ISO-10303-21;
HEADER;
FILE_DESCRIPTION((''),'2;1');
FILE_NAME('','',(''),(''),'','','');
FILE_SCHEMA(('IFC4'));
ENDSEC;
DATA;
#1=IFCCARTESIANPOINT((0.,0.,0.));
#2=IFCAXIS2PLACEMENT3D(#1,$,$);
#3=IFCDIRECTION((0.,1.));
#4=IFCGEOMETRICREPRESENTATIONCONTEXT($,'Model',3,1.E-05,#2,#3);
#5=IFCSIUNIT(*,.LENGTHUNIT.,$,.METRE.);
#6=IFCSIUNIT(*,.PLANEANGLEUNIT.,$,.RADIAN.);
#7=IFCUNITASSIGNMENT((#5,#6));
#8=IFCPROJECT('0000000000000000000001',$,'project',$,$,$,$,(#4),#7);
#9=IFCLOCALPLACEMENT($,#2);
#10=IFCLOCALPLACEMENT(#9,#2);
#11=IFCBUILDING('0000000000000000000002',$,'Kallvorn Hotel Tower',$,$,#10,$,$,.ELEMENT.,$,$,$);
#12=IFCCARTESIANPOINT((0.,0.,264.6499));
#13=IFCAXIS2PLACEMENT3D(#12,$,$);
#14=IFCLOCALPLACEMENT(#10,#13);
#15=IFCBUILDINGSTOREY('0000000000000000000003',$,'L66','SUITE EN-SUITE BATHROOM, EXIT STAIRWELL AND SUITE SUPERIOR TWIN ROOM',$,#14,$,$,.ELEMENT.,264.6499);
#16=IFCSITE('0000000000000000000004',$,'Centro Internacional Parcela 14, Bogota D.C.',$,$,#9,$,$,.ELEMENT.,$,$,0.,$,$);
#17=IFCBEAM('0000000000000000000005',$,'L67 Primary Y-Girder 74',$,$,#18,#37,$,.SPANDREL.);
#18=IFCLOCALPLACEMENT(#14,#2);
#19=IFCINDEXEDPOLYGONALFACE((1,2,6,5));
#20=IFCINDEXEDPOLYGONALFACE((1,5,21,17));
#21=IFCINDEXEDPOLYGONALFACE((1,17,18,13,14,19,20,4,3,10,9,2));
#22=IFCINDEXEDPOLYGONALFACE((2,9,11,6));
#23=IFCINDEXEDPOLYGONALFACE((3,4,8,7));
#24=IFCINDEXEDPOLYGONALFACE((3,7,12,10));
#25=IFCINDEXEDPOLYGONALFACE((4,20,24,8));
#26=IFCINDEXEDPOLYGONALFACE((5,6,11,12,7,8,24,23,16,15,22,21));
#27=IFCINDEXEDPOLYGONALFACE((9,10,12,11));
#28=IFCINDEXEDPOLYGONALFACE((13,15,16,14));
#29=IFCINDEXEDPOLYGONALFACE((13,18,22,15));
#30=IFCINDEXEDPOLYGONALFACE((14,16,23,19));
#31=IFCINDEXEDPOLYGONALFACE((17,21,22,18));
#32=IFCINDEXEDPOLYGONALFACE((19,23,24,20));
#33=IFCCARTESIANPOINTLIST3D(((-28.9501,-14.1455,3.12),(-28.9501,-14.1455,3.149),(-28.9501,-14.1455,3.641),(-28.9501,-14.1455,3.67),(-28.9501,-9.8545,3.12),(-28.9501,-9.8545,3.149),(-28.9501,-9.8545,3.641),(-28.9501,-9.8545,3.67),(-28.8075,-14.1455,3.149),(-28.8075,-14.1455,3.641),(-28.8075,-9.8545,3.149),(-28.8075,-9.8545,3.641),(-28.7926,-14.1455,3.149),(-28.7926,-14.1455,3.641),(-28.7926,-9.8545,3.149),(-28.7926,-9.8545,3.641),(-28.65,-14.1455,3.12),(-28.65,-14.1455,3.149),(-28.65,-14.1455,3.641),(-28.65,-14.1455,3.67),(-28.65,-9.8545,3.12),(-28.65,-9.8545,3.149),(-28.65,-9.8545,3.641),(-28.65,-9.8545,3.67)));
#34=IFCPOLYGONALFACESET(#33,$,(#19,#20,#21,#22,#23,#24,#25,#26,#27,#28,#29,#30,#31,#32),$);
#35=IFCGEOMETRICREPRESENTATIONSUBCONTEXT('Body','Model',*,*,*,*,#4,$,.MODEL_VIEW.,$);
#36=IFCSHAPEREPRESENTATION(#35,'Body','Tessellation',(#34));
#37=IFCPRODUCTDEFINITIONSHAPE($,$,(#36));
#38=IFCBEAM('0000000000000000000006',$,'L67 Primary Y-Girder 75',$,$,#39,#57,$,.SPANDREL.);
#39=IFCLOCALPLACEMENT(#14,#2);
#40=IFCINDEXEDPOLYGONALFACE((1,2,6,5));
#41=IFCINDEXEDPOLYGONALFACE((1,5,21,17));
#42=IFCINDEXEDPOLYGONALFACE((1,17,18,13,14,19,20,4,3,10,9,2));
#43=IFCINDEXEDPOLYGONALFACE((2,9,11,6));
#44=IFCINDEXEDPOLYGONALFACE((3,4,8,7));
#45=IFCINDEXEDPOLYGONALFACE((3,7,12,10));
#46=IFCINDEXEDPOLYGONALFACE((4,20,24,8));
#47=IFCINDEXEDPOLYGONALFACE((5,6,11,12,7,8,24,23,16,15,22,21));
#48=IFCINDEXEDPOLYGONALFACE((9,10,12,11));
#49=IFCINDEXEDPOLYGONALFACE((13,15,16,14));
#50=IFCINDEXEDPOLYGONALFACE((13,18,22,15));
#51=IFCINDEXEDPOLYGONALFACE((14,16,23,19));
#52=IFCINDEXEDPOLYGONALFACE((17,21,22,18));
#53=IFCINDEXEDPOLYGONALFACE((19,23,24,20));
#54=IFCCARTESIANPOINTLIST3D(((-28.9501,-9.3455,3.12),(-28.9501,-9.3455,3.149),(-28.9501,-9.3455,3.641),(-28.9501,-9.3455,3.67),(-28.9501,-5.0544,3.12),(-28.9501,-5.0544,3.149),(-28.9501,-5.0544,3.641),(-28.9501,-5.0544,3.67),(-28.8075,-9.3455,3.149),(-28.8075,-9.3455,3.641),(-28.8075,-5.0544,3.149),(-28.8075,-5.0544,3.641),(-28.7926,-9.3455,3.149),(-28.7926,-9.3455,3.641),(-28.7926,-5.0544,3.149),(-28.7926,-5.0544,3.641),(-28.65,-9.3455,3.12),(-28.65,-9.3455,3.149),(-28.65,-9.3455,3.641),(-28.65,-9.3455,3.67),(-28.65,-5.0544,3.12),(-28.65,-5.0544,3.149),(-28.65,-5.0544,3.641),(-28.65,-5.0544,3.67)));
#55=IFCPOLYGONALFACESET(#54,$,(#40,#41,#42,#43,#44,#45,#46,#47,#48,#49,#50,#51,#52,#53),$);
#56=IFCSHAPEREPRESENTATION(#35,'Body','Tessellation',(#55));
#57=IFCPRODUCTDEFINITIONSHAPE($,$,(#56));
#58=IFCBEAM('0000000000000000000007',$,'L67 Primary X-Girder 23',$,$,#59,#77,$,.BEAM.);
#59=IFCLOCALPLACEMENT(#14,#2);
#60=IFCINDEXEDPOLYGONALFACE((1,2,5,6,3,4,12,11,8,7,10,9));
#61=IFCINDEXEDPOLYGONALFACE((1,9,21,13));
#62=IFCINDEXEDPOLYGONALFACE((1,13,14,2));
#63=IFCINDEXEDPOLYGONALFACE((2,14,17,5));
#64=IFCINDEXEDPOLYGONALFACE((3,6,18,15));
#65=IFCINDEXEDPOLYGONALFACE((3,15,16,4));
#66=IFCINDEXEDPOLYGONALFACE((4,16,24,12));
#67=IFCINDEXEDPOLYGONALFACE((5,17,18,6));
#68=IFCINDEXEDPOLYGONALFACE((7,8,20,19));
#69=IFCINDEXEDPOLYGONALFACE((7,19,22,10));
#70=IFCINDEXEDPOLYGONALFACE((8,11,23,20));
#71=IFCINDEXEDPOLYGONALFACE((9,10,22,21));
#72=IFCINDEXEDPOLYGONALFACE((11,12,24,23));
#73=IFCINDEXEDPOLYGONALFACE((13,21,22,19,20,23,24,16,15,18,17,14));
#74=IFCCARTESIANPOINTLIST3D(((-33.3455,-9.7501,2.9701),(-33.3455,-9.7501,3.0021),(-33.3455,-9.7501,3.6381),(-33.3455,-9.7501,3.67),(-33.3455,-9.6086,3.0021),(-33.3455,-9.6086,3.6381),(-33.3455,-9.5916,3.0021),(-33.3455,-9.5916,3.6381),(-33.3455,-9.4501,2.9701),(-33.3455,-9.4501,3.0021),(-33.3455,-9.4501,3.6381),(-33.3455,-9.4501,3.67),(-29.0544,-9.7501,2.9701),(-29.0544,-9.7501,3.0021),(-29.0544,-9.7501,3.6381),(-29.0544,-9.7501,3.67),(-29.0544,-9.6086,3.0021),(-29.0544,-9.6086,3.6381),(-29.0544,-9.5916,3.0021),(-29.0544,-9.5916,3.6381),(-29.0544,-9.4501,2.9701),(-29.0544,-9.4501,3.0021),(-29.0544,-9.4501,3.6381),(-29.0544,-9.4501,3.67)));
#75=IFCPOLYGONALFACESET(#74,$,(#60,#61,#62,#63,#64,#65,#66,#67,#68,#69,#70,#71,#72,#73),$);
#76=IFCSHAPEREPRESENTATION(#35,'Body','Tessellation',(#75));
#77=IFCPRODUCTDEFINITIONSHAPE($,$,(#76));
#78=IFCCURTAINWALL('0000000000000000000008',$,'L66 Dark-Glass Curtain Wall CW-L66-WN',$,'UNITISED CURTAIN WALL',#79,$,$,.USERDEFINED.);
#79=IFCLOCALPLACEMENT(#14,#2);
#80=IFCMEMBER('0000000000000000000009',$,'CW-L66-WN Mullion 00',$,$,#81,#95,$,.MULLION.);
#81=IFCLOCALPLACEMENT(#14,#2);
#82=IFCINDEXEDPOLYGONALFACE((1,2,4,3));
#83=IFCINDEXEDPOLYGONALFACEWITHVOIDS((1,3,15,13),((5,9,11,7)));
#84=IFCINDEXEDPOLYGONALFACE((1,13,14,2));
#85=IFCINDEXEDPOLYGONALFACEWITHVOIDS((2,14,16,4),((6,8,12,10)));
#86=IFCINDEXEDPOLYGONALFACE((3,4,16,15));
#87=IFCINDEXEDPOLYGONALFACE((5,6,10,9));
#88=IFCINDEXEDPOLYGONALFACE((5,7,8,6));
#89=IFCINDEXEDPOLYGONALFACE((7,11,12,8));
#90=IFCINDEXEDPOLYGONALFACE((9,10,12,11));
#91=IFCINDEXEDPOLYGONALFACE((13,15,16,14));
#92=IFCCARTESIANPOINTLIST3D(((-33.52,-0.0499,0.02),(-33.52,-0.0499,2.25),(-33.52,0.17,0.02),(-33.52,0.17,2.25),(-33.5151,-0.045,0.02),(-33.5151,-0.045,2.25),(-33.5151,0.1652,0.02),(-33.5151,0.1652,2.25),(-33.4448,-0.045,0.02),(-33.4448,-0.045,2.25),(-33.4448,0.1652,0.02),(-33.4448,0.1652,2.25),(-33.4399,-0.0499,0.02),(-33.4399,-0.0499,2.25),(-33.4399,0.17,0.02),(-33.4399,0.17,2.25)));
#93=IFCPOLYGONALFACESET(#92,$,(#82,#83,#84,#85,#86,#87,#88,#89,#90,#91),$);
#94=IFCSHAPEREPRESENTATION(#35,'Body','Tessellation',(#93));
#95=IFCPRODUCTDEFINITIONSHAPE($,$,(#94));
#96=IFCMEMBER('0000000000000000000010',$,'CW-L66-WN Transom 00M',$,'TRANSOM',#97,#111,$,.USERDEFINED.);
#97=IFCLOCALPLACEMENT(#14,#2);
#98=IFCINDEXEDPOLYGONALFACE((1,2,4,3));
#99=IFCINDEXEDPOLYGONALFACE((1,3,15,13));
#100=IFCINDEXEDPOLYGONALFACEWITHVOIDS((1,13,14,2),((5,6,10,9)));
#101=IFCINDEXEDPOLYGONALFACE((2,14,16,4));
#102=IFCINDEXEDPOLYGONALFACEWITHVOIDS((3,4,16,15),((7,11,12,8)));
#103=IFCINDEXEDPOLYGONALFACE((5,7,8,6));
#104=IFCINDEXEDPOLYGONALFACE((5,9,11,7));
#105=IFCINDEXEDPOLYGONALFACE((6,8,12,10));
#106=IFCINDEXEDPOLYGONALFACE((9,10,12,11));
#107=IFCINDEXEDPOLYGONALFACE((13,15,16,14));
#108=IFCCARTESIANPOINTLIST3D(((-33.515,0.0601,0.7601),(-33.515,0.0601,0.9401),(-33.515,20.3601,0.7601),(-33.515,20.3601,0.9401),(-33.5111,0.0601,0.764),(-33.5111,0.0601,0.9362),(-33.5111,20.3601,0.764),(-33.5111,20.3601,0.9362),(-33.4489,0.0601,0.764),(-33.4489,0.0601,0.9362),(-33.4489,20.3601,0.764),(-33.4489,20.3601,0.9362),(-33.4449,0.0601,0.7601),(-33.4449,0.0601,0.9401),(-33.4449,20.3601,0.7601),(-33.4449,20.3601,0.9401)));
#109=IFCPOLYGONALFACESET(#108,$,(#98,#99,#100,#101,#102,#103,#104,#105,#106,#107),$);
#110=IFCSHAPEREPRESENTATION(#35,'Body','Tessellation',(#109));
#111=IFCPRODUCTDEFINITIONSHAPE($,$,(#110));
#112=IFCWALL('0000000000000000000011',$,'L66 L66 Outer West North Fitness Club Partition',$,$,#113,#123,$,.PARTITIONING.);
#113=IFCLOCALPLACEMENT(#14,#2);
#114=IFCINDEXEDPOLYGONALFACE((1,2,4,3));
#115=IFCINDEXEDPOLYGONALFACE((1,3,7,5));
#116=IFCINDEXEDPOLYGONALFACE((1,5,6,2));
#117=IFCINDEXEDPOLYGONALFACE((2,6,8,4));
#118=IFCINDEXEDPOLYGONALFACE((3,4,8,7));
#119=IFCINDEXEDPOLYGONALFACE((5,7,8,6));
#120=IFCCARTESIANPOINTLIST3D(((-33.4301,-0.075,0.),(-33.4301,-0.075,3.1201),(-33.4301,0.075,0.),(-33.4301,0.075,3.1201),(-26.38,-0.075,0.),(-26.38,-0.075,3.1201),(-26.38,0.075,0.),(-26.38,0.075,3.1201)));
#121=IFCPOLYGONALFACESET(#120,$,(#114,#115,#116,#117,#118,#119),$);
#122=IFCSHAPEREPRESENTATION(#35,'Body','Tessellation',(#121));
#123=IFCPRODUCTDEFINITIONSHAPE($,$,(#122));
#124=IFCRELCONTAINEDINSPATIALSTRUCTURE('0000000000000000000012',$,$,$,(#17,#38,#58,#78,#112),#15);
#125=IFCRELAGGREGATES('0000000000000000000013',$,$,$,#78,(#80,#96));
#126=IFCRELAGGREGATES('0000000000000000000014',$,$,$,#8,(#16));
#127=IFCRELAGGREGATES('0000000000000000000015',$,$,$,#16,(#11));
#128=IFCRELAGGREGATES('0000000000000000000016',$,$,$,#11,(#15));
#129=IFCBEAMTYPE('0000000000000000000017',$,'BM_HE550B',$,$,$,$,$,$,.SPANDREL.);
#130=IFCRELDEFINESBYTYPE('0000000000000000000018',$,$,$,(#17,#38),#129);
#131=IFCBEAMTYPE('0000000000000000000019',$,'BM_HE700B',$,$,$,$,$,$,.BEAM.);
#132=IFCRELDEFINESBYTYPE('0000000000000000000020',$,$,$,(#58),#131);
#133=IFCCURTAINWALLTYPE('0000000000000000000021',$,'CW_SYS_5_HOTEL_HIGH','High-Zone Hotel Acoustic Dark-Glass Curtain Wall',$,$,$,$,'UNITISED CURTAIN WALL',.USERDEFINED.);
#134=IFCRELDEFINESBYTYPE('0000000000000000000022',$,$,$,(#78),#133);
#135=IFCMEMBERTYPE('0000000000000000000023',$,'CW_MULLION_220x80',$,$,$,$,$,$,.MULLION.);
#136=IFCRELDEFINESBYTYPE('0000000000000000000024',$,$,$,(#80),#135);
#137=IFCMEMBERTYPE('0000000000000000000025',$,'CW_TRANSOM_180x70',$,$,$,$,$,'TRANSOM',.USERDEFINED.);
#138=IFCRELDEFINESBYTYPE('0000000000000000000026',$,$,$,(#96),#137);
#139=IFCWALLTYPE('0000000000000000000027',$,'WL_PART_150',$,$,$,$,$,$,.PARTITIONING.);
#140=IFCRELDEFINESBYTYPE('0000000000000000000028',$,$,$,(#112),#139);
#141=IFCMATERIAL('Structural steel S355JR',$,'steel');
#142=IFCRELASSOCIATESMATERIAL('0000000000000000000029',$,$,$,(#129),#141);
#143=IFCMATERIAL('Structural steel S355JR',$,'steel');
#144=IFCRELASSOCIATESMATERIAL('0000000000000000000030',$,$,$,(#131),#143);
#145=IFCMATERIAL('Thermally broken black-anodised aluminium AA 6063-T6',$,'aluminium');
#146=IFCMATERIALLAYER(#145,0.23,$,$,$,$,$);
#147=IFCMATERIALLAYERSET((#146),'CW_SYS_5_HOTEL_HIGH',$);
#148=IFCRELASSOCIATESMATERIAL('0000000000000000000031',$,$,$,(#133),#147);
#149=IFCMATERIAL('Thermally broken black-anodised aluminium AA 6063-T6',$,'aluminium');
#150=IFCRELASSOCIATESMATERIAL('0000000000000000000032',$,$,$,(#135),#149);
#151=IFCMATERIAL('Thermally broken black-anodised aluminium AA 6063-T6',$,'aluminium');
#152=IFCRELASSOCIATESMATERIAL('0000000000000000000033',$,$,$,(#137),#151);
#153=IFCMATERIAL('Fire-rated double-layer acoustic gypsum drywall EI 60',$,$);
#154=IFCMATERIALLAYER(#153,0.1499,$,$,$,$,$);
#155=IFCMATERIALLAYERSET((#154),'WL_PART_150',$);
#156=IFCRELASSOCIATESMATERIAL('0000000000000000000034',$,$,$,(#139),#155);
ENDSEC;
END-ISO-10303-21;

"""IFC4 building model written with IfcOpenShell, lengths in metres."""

from ifc_helpers import new_model, si_unit, direction, frame, frame_2d, origin, origin_2d, place, context, subcontext, project, spatial, rectangle, hollow_rectangle, i_section, extrude, material, layer, layer_set, material_profile, profile_set, type_object, element, aggregate, save


model = new_model("IFC4")

# Units and contexts
model_context = context("Model", 3, precision=1e-05, world=origin(), true_north=direction((0.0, 1.0)))
body_context = subcontext(model_context, "Body", "Model", "MODEL_VIEW")
ifc_project = project(units=[si_unit("LENGTHUNIT", "METRE"), si_unit("PLANEANGLEUNIT", "RADIAN")], contexts=[model_context])

# Site, building, storey
site_placement = place(None, origin())
site = spatial("IfcSite", under=ifc_project, at=site_placement, Name="Centro Internacional Parcela 14, Bogota D.C.", CompositionType="ELEMENT", RefElevation=0.0)
building_placement = place(site_placement, origin())
building = spatial("IfcBuilding", under=site, at=building_placement, Name="Kallvorn Hotel Tower", CompositionType="ELEMENT")
storey_placement = place(building_placement, frame((0.0, 0.0, 264.6499)))
storey = spatial("IfcBuildingStorey", under=building, at=storey_placement, Name="L66", Description="SUITE EN-SUITE BATHROOM, EXIT STAIRWELL AND SUITE SUPERIOR TWIN ROOM", CompositionType="ELEMENT", Elevation=264.6499)

# Beams
ifc_material_1 = material(Name="Structural steel S355JR", Category="steel")
ifc_material_profile_1 = material_profile(ifc_material_1, i_section(OverallWidth=0.3, OverallDepth=0.55, WebThickness=0.0149, FlangeThickness=0.0291, at=origin_2d()), Name="HE 550 B")
ifc_profile_set_1 = profile_set([ifc_material_profile_1], Name="Structural steel S355JR")
beam_type_1 = type_object("IfcBeamType", Name="BM_HE550B", PredefinedType="SPANDREL", material=ifc_profile_set_1)
for number, where, z_axis, x_axis, name in (
    (1, (-28.8, -14.1455, 3.395), (0.0, 1.0, 0.0), (-1.0, 0.0, 0.0), "L67 Primary Y-Girder 74"),
    (2, (-28.8, -9.3455, 3.395), (0.0, 1.0, 0.0), (-1.0, 0.0, 0.0), "L67 Primary Y-Girder 75"),
):
    element("IfcBeam", number, at=place(storey_placement, frame(where, z_axis=z_axis, x_axis=x_axis)), inside=storey, type_object=beam_type_1, Name=name, PredefinedType="SPANDREL", context=body_context, shape_type="SweptSolid", body=[
        extrude(i_section(OverallWidth=0.3, OverallDepth=0.55, WebThickness=0.0149, FlangeThickness=0.0291, at=origin_2d()), origin(), (0.0, 0.0, 1.0), 4.291),
    ])
ifc_material_2 = material(Name="Structural steel S355JR", Category="steel")
ifc_material_profile_2 = material_profile(ifc_material_2, i_section(OverallWidth=0.3, OverallDepth=0.7, WebThickness=0.0171, FlangeThickness=0.032, at=origin_2d()), Name="HE 700 B")
ifc_profile_set_2 = profile_set([ifc_material_profile_2], Name="Structural steel S355JR")
beam_type_2 = type_object("IfcBeamType", Name="BM_HE700B", PredefinedType="BEAM", material=ifc_profile_set_2)
beam_1_placement = place(storey_placement, frame((-33.3455, -9.6001, 3.3201), z_axis=(1.0, 0.0, 0.0), x_axis=(0.0, 1.0, 0.0)))
element("IfcBeam", 3, at=beam_1_placement, inside=storey, type_object=beam_type_2, Name="L67 Primary X-Girder 23", PredefinedType="BEAM", context=body_context, shape_type="SweptSolid", body=[
    extrude(i_section(OverallWidth=0.3, OverallDepth=0.7, WebThickness=0.0171, FlangeThickness=0.032, at=origin_2d()), origin(), (0.0, 0.0, 1.0), 4.291),
])

# Curtain wall, members
ifc_material_3 = material(Name="Thermally broken black-anodised aluminium AA 6063-T6", Category="aluminium")
ifc_layer_1 = layer(ifc_material_3, 0.23)
ifc_layer_set_1 = layer_set([ifc_layer_1], Name="CW_SYS_5_HOTEL_HIGH")
curtain_wall_type = type_object("IfcCurtainWallType", Name="CW_SYS_5_HOTEL_HIGH", Description="High-Zone Hotel Acoustic Dark-Glass Curtain Wall", ElementType="UNITISED CURTAIN WALL", PredefinedType="USERDEFINED", material=ifc_layer_set_1)
curtain_wall_placement = place(storey_placement, origin())
curtain_wall = element("IfcCurtainWall", 4, at=curtain_wall_placement, inside=storey, type_object=curtain_wall_type, Name="L66 Dark-Glass Curtain Wall CW-L66-WN", ObjectType="UNITISED CURTAIN WALL", PredefinedType="USERDEFINED")
ifc_material_4 = material(Name="Thermally broken black-anodised aluminium AA 6063-T6", Category="aluminium")
ifc_material_profile_3 = material_profile(ifc_material_4, hollow_rectangle(XDim=0.0801, YDim=0.22, WallThickness=0.0049, at=origin_2d()), Name="MUL 220x80")
ifc_profile_set_3 = profile_set([ifc_material_profile_3], Name="Thermally broken black-anodised aluminium AA 6063-T6")
member_type_1 = type_object("IfcMemberType", Name="CW_MULLION_220x80", PredefinedType="MULLION", material=ifc_profile_set_3)
member_1_placement = place(storey_placement, frame((-33.48, 0.0601, 0.02), z_axis=(0.0, 0.0, 1.0), x_axis=(1.0, 0.0, 0.0)))
member_1 = element("IfcMember", 5, at=member_1_placement, type_object=member_type_1, Name="CW-L66-WN Mullion 00", PredefinedType="MULLION", context=body_context, shape_type="SweptSolid", body=[
    extrude(hollow_rectangle(XDim=0.0801, YDim=0.22, WallThickness=0.0049, at=origin_2d()), origin(), (0.0, 0.0, 1.0), 2.23),
])
ifc_material_5 = material(Name="Thermally broken black-anodised aluminium AA 6063-T6", Category="aluminium")
ifc_material_profile_4 = material_profile(ifc_material_5, hollow_rectangle(XDim=0.0701, YDim=0.1799, WallThickness=0.0039, at=origin_2d()), Name="TRN 180x70")
ifc_profile_set_4 = profile_set([ifc_material_profile_4], Name="Thermally broken black-anodised aluminium AA 6063-T6")
member_type_2 = type_object("IfcMemberType", Name="CW_TRANSOM_180x70", ElementType="TRANSOM", PredefinedType="USERDEFINED", material=ifc_profile_set_4)
member_2_placement = place(storey_placement, frame((-33.48, 0.0601, 0.8501), z_axis=(0.0, 1.0, 0.0), x_axis=(-1.0, 0.0, 0.0)))
member_2 = element("IfcMember", 6, at=member_2_placement, type_object=member_type_2, Name="CW-L66-WN Transom 00M", ObjectType="TRANSOM", PredefinedType="USERDEFINED", context=body_context, shape_type="SweptSolid", body=[
    extrude(hollow_rectangle(XDim=0.0701, YDim=0.1799, WallThickness=0.0039, at=origin_2d()), origin(), (0.0, 0.0, 1.0), 20.3),
])
aggregate(curtain_wall, [member_1, member_2])

# Wall
ifc_material_6 = material(Name="Fire-rated double-layer acoustic gypsum drywall EI 60")
ifc_layer_2 = layer(ifc_material_6, 0.1499)
ifc_layer_set_2 = layer_set([ifc_layer_2], Name="WL_PART_150")
wall_type = type_object("IfcWallType", Name="WL_PART_150", PredefinedType="PARTITIONING", material=ifc_layer_set_2)
wall_placement = place(storey_placement, frame((-33.4299, 0.0, 0.0), z_axis=(0.0, 0.0, 1.0), x_axis=(1.0, 0.0, 0.0)))
element("IfcWall", 7, at=wall_placement, inside=storey, type_object=wall_type, Name="L66 L66 Outer West North Fitness Club Partition", PredefinedType="PARTITIONING", context=body_context, shape_type="SweptSolid", body=[
    extrude(rectangle(XDim=7.05, YDim=0.1499, at=frame_2d((3.5249, 0.0))), origin(), (0.0, 0.0, 1.0), 3.1201),
])

save(model, "model.ifc")
